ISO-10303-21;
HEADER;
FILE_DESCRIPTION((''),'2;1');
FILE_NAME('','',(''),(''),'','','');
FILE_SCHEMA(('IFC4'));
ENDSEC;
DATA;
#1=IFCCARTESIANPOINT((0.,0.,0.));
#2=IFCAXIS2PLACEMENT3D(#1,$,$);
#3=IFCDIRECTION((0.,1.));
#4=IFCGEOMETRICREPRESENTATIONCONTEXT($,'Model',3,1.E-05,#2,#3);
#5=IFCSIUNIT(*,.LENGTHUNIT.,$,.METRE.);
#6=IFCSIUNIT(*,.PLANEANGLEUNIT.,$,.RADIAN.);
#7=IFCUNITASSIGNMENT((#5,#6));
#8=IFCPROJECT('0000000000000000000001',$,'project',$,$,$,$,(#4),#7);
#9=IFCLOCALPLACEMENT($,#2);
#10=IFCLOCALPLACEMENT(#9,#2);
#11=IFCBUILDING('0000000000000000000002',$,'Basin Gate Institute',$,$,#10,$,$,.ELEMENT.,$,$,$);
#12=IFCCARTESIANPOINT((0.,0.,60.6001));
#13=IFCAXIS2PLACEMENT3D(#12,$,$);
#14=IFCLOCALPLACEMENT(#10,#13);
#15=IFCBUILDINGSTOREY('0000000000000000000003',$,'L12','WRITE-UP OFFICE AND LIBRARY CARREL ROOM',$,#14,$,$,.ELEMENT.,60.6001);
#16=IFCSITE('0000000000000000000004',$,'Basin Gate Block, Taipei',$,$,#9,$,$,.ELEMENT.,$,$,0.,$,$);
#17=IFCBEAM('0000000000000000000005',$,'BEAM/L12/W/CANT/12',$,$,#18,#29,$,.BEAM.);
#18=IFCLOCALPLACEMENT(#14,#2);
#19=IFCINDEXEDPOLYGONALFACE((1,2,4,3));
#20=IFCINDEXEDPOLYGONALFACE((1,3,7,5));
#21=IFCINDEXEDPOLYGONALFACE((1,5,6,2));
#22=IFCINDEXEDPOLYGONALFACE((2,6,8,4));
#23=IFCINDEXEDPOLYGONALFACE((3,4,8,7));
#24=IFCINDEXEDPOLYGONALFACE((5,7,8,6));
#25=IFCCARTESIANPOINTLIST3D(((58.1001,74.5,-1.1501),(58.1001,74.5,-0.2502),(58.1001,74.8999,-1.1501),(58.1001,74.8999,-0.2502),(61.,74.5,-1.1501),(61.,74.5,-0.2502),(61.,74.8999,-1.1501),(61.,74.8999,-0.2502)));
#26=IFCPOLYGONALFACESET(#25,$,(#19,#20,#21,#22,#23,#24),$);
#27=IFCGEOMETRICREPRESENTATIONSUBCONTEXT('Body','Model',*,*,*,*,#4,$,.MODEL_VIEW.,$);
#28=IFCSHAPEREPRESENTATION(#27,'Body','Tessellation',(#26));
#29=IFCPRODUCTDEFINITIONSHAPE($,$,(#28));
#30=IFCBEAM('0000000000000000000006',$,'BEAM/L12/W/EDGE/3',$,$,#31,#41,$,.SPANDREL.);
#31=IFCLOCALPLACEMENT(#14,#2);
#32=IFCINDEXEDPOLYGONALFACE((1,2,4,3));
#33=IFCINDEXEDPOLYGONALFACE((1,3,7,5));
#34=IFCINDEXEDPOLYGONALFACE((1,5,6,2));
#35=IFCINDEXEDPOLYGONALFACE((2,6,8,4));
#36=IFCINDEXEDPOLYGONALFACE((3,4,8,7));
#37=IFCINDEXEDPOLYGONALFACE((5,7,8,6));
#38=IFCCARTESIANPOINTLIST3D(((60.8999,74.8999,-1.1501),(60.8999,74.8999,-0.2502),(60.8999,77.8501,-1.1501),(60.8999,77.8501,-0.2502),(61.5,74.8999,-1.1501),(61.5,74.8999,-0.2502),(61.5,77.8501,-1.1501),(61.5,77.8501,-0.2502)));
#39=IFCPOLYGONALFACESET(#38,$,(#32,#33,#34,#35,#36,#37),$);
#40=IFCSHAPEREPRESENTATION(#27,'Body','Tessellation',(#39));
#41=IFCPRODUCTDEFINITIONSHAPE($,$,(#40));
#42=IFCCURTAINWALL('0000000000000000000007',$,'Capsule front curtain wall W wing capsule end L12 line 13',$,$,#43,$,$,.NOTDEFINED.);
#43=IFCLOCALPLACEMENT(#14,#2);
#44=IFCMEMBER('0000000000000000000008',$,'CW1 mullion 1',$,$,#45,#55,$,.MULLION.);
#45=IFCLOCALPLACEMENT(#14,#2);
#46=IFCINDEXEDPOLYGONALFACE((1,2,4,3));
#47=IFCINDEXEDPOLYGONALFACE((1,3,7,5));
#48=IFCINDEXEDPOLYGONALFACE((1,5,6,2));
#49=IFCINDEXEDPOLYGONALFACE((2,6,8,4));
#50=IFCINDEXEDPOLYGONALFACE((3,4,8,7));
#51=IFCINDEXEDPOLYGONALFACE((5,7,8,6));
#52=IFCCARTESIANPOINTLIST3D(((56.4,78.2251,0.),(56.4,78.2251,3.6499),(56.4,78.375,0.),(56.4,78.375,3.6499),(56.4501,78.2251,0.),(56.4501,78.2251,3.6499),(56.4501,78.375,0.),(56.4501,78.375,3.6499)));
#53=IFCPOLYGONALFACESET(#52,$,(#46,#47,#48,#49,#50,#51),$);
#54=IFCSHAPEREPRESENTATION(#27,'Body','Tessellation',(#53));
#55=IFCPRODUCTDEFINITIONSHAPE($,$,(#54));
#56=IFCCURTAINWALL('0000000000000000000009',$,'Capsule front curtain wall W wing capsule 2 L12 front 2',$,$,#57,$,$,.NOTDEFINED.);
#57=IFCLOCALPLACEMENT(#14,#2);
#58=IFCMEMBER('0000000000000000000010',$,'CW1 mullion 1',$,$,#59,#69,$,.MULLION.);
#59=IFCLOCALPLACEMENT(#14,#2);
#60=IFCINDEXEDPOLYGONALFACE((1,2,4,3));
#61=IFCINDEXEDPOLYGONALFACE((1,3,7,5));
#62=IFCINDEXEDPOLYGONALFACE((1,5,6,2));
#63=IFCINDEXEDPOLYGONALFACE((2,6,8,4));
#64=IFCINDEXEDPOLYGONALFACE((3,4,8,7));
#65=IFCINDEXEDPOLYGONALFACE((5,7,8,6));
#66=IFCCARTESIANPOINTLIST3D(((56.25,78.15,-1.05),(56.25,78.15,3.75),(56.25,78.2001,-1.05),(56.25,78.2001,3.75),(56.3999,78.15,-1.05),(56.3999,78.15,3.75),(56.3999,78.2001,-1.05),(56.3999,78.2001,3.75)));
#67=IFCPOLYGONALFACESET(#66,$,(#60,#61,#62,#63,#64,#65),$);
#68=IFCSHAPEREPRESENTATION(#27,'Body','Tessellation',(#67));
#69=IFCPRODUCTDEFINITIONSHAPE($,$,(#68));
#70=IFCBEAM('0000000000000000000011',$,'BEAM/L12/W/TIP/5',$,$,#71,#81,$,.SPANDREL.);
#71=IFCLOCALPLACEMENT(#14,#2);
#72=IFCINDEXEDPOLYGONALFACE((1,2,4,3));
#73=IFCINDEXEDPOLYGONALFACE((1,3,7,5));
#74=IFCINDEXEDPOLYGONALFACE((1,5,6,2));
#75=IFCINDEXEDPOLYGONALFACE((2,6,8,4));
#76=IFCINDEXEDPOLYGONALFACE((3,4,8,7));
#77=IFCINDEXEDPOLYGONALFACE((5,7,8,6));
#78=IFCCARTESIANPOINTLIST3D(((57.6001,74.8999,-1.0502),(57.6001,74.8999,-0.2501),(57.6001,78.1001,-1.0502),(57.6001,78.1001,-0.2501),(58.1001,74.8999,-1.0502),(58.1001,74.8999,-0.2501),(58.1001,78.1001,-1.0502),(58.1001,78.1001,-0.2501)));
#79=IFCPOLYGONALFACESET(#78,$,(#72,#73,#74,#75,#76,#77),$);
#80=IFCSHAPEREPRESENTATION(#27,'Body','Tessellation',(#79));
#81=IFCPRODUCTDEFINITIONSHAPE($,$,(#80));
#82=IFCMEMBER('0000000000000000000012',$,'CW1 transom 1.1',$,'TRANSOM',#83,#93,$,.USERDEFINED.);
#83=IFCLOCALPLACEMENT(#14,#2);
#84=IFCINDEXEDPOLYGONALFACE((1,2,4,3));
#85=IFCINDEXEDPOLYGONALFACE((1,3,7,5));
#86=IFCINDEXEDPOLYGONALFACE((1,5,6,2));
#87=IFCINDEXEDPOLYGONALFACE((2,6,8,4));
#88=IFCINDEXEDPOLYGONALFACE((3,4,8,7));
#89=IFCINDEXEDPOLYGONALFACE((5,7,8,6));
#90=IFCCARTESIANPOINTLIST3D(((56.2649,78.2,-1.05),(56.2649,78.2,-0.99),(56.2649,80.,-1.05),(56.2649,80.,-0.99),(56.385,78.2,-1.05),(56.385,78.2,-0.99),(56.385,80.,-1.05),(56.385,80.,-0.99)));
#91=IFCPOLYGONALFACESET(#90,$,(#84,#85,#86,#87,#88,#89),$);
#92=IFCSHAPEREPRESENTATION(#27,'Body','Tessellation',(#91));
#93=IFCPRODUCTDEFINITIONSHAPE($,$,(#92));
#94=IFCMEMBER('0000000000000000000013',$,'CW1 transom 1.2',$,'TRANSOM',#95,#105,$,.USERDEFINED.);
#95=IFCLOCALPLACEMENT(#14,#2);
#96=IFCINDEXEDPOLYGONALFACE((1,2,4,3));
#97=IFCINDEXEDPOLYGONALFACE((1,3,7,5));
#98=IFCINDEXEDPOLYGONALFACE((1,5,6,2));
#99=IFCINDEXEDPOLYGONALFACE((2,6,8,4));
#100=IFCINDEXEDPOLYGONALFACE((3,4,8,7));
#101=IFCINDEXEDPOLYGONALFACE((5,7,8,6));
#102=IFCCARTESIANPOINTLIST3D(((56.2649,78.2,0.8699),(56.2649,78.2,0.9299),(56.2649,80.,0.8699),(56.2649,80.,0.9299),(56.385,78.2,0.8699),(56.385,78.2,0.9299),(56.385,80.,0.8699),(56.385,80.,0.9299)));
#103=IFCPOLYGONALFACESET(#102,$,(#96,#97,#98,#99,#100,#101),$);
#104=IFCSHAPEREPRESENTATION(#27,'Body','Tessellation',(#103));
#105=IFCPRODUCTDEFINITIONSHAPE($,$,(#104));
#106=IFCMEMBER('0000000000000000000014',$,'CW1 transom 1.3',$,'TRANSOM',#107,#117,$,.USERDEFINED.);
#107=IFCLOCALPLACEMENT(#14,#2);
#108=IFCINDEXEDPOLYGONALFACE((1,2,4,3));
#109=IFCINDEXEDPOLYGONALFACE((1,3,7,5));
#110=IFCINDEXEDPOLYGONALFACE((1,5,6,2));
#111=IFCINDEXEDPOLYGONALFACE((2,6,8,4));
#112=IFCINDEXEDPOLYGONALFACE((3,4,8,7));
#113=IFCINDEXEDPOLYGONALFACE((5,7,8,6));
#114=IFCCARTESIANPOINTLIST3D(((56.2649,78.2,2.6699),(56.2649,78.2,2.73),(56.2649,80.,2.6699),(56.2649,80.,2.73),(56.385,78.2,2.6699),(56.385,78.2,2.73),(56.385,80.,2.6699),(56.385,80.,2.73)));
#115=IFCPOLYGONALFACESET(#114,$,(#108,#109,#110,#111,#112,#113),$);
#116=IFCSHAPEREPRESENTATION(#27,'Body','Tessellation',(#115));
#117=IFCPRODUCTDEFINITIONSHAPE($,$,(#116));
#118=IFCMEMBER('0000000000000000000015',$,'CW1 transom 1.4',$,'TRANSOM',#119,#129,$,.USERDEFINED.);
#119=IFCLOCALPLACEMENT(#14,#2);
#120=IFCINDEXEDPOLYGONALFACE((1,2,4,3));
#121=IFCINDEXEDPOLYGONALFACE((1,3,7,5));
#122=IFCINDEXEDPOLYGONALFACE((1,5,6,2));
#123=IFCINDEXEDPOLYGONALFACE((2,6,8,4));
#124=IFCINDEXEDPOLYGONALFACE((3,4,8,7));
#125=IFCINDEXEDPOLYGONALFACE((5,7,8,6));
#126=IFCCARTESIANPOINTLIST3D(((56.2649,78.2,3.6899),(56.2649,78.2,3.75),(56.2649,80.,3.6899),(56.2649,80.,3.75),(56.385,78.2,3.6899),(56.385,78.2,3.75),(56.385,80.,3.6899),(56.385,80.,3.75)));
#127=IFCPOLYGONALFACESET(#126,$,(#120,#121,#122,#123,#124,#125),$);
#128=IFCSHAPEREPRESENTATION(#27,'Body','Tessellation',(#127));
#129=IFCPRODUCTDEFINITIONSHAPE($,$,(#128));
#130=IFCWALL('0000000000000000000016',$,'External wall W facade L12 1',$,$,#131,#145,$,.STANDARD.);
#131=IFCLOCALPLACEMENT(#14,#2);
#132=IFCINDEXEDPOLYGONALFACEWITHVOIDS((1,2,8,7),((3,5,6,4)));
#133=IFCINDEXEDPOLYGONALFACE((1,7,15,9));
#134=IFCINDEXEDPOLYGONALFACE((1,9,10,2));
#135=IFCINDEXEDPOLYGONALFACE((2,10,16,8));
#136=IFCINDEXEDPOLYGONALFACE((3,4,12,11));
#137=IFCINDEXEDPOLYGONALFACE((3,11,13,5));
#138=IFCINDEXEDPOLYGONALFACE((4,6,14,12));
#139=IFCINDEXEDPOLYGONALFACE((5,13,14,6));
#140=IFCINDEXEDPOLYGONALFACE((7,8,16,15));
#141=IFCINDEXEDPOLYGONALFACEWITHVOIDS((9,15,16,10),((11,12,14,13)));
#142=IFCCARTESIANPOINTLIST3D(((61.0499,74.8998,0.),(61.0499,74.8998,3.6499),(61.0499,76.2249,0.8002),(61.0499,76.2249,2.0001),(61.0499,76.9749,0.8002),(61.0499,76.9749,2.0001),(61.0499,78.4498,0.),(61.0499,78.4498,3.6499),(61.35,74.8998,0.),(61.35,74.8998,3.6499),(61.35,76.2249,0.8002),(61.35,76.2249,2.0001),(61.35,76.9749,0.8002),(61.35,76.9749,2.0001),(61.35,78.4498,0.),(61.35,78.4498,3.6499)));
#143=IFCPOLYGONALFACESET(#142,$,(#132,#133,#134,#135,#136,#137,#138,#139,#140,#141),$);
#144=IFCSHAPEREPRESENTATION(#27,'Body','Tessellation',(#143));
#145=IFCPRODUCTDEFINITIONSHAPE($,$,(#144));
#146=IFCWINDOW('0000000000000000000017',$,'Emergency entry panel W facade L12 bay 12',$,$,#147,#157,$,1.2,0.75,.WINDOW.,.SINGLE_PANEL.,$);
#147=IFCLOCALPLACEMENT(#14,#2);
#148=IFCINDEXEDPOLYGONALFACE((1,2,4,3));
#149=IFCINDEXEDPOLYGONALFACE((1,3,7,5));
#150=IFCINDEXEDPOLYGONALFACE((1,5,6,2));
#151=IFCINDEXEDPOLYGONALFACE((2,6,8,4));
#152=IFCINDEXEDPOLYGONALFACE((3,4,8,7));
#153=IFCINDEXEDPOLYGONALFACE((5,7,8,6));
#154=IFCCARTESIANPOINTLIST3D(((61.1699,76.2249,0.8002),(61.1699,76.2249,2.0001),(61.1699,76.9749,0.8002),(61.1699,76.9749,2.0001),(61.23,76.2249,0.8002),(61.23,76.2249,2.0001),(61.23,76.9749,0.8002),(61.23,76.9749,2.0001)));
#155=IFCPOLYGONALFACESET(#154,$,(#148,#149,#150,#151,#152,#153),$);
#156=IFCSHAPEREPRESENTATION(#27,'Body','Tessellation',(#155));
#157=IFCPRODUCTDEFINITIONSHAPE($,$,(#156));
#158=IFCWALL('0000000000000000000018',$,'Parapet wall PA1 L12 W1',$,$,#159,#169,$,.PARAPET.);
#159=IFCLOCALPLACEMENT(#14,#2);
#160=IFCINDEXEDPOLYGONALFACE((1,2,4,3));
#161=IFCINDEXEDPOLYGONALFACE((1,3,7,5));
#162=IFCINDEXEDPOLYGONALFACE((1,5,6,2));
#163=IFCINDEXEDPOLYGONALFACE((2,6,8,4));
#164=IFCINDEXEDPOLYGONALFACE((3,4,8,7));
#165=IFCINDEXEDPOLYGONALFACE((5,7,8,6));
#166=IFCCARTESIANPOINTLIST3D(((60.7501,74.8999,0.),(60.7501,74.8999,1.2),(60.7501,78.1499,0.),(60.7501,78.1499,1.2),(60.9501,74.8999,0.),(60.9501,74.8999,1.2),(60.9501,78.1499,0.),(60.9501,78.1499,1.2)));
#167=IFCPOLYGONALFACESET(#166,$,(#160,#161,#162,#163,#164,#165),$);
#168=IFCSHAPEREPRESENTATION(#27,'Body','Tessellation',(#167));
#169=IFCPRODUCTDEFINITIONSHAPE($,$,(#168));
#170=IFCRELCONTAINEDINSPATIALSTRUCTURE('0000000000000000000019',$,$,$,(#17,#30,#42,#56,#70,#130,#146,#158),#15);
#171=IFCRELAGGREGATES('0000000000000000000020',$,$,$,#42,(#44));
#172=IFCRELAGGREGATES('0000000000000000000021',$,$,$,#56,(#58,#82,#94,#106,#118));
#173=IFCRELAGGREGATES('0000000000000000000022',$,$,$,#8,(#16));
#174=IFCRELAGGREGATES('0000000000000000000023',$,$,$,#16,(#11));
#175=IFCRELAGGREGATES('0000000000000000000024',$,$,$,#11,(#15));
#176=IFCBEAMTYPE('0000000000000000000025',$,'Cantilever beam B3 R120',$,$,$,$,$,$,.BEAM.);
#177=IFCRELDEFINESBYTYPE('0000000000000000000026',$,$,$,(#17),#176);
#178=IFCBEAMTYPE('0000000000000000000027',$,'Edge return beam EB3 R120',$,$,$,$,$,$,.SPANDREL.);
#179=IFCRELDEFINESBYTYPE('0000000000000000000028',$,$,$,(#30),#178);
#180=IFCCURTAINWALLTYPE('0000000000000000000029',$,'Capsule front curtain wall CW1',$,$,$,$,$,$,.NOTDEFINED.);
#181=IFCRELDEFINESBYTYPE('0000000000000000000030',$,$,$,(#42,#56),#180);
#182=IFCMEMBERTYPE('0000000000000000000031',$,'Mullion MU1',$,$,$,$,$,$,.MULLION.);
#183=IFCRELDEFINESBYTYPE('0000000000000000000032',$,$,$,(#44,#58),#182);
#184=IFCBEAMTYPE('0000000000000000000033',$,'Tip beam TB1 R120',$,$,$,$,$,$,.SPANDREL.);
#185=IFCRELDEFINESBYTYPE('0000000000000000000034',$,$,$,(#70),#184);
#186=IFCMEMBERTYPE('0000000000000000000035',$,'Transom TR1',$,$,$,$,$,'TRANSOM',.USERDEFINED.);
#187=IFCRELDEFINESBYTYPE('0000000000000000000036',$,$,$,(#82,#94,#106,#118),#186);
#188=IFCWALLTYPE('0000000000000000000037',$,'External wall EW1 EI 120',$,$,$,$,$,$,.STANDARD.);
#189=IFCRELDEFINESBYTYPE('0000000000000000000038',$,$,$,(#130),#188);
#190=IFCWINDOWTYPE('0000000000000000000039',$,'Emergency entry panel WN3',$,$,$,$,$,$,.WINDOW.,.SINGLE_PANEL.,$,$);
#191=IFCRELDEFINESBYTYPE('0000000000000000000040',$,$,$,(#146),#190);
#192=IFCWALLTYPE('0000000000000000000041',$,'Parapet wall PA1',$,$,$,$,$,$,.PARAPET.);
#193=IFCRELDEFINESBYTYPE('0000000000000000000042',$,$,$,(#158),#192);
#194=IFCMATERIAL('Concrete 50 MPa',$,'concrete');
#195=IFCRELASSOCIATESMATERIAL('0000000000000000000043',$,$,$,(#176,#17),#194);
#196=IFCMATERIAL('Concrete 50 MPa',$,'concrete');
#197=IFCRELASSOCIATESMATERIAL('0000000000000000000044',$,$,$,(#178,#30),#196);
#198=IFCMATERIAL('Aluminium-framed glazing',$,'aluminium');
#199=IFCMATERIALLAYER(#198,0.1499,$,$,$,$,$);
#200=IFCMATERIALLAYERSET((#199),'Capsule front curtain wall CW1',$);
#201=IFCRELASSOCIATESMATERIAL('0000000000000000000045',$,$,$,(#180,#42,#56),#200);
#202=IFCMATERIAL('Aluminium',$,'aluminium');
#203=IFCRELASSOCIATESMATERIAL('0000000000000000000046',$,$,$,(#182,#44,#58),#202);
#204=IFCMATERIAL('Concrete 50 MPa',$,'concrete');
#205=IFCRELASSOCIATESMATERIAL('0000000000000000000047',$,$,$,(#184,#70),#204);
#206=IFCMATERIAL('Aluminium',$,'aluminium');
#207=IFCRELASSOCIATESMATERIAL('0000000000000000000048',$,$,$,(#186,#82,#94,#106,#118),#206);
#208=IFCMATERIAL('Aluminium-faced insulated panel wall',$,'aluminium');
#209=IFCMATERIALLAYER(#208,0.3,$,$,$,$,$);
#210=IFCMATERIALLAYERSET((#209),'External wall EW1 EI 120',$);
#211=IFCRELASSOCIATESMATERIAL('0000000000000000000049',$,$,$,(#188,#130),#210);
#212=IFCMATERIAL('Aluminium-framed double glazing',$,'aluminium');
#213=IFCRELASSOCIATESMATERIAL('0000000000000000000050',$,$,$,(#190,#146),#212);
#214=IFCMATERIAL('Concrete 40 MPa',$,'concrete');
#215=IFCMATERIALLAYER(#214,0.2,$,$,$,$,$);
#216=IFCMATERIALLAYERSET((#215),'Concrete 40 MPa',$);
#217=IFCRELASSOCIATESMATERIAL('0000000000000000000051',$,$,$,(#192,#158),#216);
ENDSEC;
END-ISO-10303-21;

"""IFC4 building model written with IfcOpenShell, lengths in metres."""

from ifc_helpers import new_model, si_unit, direction, frame, frame_2d, origin, origin_2d, place, context, subcontext, project, spatial, rectangle, extrude, material, layer, layer_set, material_profile, profile_set, type_object, element, fill, aggregate, save


model = new_model("IFC4")

# Units and contexts
model_context = context("Model", 3, precision=1e-05, world=origin(), true_north=direction((0.0, 1.0)))
body_context = subcontext(model_context, "Body", "Model", "MODEL_VIEW")
ifc_project = project(units=[si_unit("LENGTHUNIT", "METRE"), si_unit("PLANEANGLEUNIT", "RADIAN")], contexts=[model_context])

# Site, building, storey
site_placement = place(None, origin())
site = spatial("IfcSite", under=ifc_project, at=site_placement, Name="Basin Gate Block, Taipei", CompositionType="ELEMENT", RefElevation=0.0)
building_placement = place(site_placement, origin())
building = spatial("IfcBuilding", under=site, at=building_placement, Name="Basin Gate Institute", CompositionType="ELEMENT")
storey_placement = place(building_placement, frame((0.0, 0.0, 60.6001)))
storey = spatial("IfcBuildingStorey", under=building, at=storey_placement, Name="L12", Description="WRITE-UP OFFICE AND LIBRARY CARREL ROOM", CompositionType="ELEMENT", Elevation=60.6001)

# Beams
ifc_material_1 = material(Name="Concrete 50 MPa", Category="concrete")
ifc_material_profile_1 = material_profile(ifc_material_1, rectangle(XDim=0.3999, YDim=0.8999, at=origin_2d()), Name="Cantilever beam B3 400 x 900")
ifc_profile_set_1 = profile_set([ifc_material_profile_1], Name="Concrete 50 MPa")
beam_type_1 = type_object("IfcBeamType", Name="Cantilever beam B3 R120", PredefinedType="BEAM", material=ifc_profile_set_1)
beam_1_placement = place(storey_placement, frame((58.1001, 74.7, -0.7002), z_axis=(1.0, 0.0, 0.0), x_axis=(0.0, 1.0, 0.0)))
element("IfcBeam", 1, at=beam_1_placement, inside=storey, type_object=beam_type_1, material=ifc_profile_set_1, Name="BEAM/L12/W/CANT/12", PredefinedType="BEAM", context=body_context, shape_type="SweptSolid", body=[
    extrude(rectangle(XDim=0.3999, YDim=0.8999, at=origin_2d()), origin(), (0.0, 0.0, 1.0), 2.8999),
])
ifc_material_2 = material(Name="Concrete 50 MPa", Category="concrete")
ifc_material_profile_2 = material_profile(ifc_material_2, rectangle(XDim=0.6001, YDim=0.8999, at=origin_2d()), Name="Edge return beam EB3 600 x 900")
ifc_profile_set_2 = profile_set([ifc_material_profile_2], Name="Concrete 50 MPa")
beam_type_2 = type_object("IfcBeamType", Name="Edge return beam EB3 R120", PredefinedType="SPANDREL", material=ifc_profile_set_2)
beam_2_placement = place(storey_placement, frame((61.2, 74.8999, -0.7002), z_axis=(0.0, 1.0, 0.0), x_axis=(-1.0, 0.0, 0.0)))
element("IfcBeam", 2, at=beam_2_placement, inside=storey, type_object=beam_type_2, material=ifc_profile_set_2, Name="BEAM/L12/W/EDGE/3", PredefinedType="SPANDREL", context=body_context, shape_type="SweptSolid", body=[
    extrude(rectangle(XDim=0.6001, YDim=0.8999, at=origin_2d()), origin(), (0.0, 0.0, 1.0), 2.9502),
])

# Curtain walls, members
ifc_material_3 = material(Name="Aluminium-framed glazing", Category="aluminium")
ifc_layer_1 = layer(ifc_material_3, 0.1499)
ifc_layer_set_1 = layer_set([ifc_layer_1], Name="Capsule front curtain wall CW1")
curtain_wall_type = type_object("IfcCurtainWallType", Name="Capsule front curtain wall CW1", PredefinedType="NOTDEFINED", material=ifc_layer_set_1)
curtain_wall_1_placement = place(storey_placement, origin())
curtain_wall_1 = element("IfcCurtainWall", 3, at=curtain_wall_1_placement, inside=storey, type_object=curtain_wall_type, material=ifc_layer_set_1, Name="Capsule front curtain wall W wing capsule end L12 line 13", PredefinedType="NOTDEFINED")
ifc_material_4 = material(Name="Aluminium", Category="aluminium")
ifc_material_profile_3 = material_profile(ifc_material_4, rectangle(XDim=0.1499, YDim=0.05, at=origin_2d()), Name="Mullion MU1 150 x 50")
ifc_profile_set_3 = profile_set([ifc_material_profile_3], Name="Aluminium")
member_type_1 = type_object("IfcMemberType", Name="Mullion MU1", PredefinedType="MULLION", material=ifc_profile_set_3)
member_1_placement = place(storey_placement, frame((56.425, 78.3, 0.0), z_axis=(0.0, 0.0, 1.0), x_axis=(0.0, 1.0, 0.0)))
member_1 = element("IfcMember", 4, at=member_1_placement, type_object=member_type_1, material=ifc_profile_set_3, Name="CW1 mullion 1", PredefinedType="MULLION", context=body_context, shape_type="SweptSolid", body=[
    extrude(rectangle(XDim=0.1499, YDim=0.05, at=origin_2d()), origin(), (0.0, 0.0, 1.0), 3.6499),
])
aggregate(curtain_wall_1, [member_1])
curtain_wall_2_placement = place(storey_placement, origin())
curtain_wall_2 = element("IfcCurtainWall", 5, at=curtain_wall_2_placement, inside=storey, type_object=curtain_wall_type, material=ifc_layer_set_1, Name="Capsule front curtain wall W wing capsule 2 L12 front 2", PredefinedType="NOTDEFINED")
member_2_placement = place(storey_placement, frame((56.325, 78.175, -1.05), z_axis=(0.0, 0.0, 1.0), x_axis=(-1.0, 0.0, 0.0)))
member_2 = element("IfcMember", 6, at=member_2_placement, type_object=member_type_1, material=ifc_profile_set_3, Name="CW1 mullion 1", PredefinedType="MULLION", context=body_context, shape_type="SweptSolid", body=[
    extrude(rectangle(XDim=0.1499, YDim=0.05, at=origin_2d()), origin(), (0.0, 0.0, 1.0), 4.8),
])

# Beam
ifc_material_5 = material(Name="Concrete 50 MPa", Category="concrete")
ifc_material_profile_4 = material_profile(ifc_material_5, rectangle(XDim=0.5, YDim=0.8, at=origin_2d()), Name="Tip beam TB1 500 x 800")
ifc_profile_set_4 = profile_set([ifc_material_profile_4], Name="Concrete 50 MPa")
beam_type_3 = type_object("IfcBeamType", Name="Tip beam TB1 R120", PredefinedType="SPANDREL", material=ifc_profile_set_4)
beam_3_placement = place(storey_placement, frame((57.8501, 74.8999, -0.6501), z_axis=(0.0, 1.0, 0.0), x_axis=(-1.0, 0.0, 0.0)))
element("IfcBeam", 7, at=beam_3_placement, inside=storey, type_object=beam_type_3, material=ifc_profile_set_4, Name="BEAM/L12/W/TIP/5", PredefinedType="SPANDREL", context=body_context, shape_type="SweptSolid", body=[
    extrude(rectangle(XDim=0.5, YDim=0.8, at=origin_2d()), origin(), (0.0, 0.0, 1.0), 3.2002),
])

# Members
ifc_material_6 = material(Name="Aluminium", Category="aluminium")
ifc_material_profile_5 = material_profile(ifc_material_6, rectangle(XDim=0.1201, YDim=0.0601, at=origin_2d()), Name="Transom TR1 120 x 60")
ifc_profile_set_5 = profile_set([ifc_material_profile_5], Name="Aluminium")
member_type_2 = type_object("IfcMemberType", Name="Transom TR1", ElementType="TRANSOM", PredefinedType="USERDEFINED", material=ifc_profile_set_5)
member_3_placement = place(storey_placement, frame((56.325, 78.2, -1.02), z_axis=(0.0, 1.0, 0.0), x_axis=(-1.0, 0.0, 0.0)))
member_3 = element("IfcMember", 8, at=member_3_placement, type_object=member_type_2, material=ifc_profile_set_5, Name="CW1 transom 1.1", ObjectType="TRANSOM", PredefinedType="USERDEFINED", context=body_context, shape_type="SweptSolid", body=[
    extrude(rectangle(XDim=0.1201, YDim=0.0601, at=origin_2d()), origin(), (0.0, 0.0, 1.0), 1.8),
])
member_4_placement = place(storey_placement, frame((56.325, 78.2, 0.8999), z_axis=(0.0, 1.0, 0.0), x_axis=(-1.0, 0.0, 0.0)))
member_4 = element("IfcMember", 9, at=member_4_placement, type_object=member_type_2, material=ifc_profile_set_5, Name="CW1 transom 1.2", ObjectType="TRANSOM", PredefinedType="USERDEFINED", context=body_context, shape_type="SweptSolid", body=[
    extrude(rectangle(XDim=0.1201, YDim=0.0601, at=origin_2d()), origin(), (0.0, 0.0, 1.0), 1.8),
])
member_5_placement = place(storey_placement, frame((56.325, 78.2, 2.7), z_axis=(0.0, 1.0, 0.0), x_axis=(-1.0, 0.0, 0.0)))
member_5 = element("IfcMember", 10, at=member_5_placement, type_object=member_type_2, material=ifc_profile_set_5, Name="CW1 transom 1.3", ObjectType="TRANSOM", PredefinedType="USERDEFINED", context=body_context, shape_type="SweptSolid", body=[
    extrude(rectangle(XDim=0.1201, YDim=0.0601, at=origin_2d()), origin(), (0.0, 0.0, 1.0), 1.8),
])
member_6_placement = place(storey_placement, frame((56.325, 78.2, 3.72), z_axis=(0.0, 1.0, 0.0), x_axis=(-1.0, 0.0, 0.0)))
member_6 = element("IfcMember", 11, at=member_6_placement, type_object=member_type_2, material=ifc_profile_set_5, Name="CW1 transom 1.4", ObjectType="TRANSOM", PredefinedType="USERDEFINED", context=body_context, shape_type="SweptSolid", body=[
    extrude(rectangle(XDim=0.1201, YDim=0.0601, at=origin_2d()), origin(), (0.0, 0.0, 1.0), 1.8),
])
aggregate(curtain_wall_2, [member_2, member_3, member_4, member_5, member_6])

# Wall, opening, window
ifc_material_7 = material(Name="Aluminium-faced insulated panel wall", Category="aluminium")
ifc_layer_2 = layer(ifc_material_7, 0.3)
ifc_layer_set_2 = layer_set([ifc_layer_2], Name="External wall EW1 EI 120")
wall_type_1 = type_object("IfcWallType", Name="External wall EW1 EI 120", PredefinedType="STANDARD", material=ifc_layer_set_2)
wall_1_placement = place(storey_placement, frame((61.2, 74.8999, 0.0), z_axis=(0.0, 0.0, 1.0), x_axis=(0.0, 1.0, 0.0)))
wall_1 = element("IfcWall", 12, at=wall_1_placement, inside=storey, type_object=wall_type_1, material=ifc_layer_set_2, Name="External wall W facade L12 1", PredefinedType="STANDARD", context=body_context, shape_type="SweptSolid", body=[
    extrude(rectangle(XDim=3.55, YDim=0.3, at=frame_2d((1.7749, 0.0))), origin(), (0.0, 0.0, 1.0), 3.6499),
])
opening_1_placement = place(wall_1_placement, frame((1.325, 0.0, 0.8)))
opening_1 = element("IfcOpeningElement", 13, at=opening_1_placement, cuts=wall_1, PredefinedType="OPENING", context=body_context, shape_type="SweptSolid", body=[
    extrude(rectangle(XDim=0.75, YDim=1.2, at=frame_2d((0.375, 0.6001))), frame((0.0, 0.1602, 0.0), z_axis=(0.0, -1.0, 0.0), x_axis=(1.0, 0.0, 0.0)), (0.0, 0.0, 1.0), 0.3201),
])
ifc_material_8 = material(Name="Aluminium-framed double glazing", Category="aluminium")
window_type = type_object("IfcWindowType", Name="Emergency entry panel WN3", PartitioningType="SINGLE_PANEL", PredefinedType="WINDOW", material=ifc_material_8)
window_placement = place(opening_1_placement, origin())
window = element("IfcWindow", 14, at=window_placement, inside=storey, type_object=window_type, material=ifc_material_8, Name="Emergency entry panel W facade L12 bay 12", OverallHeight=1.2, OverallWidth=0.75, PartitioningType="SINGLE_PANEL", PredefinedType="WINDOW", context=body_context, shape_type="SweptSolid", body=[
    extrude(rectangle(XDim=0.75, YDim=1.2, at=frame_2d((0.375, 0.6001))), frame((0.0, 0.03, 0.0), z_axis=(0.0, -1.0, 0.0), x_axis=(1.0, 0.0, 0.0)), (0.0, 0.0, 1.0), 0.0601),
])
fill(opening_1, window)

# Wall
ifc_material_9 = material(Name="Concrete 40 MPa", Category="concrete")
ifc_layer_3 = layer(ifc_material_9, 0.2)
ifc_layer_set_3 = layer_set([ifc_layer_3], Name="Concrete 40 MPa")
wall_type_2 = type_object("IfcWallType", Name="Parapet wall PA1", PredefinedType="PARAPET", material=ifc_layer_set_3)
wall_2_placement = place(storey_placement, frame((60.8501, 78.1499, 0.0), z_axis=(0.0, 0.0, 1.0), x_axis=(0.0, -1.0, 0.0)))
element("IfcWall", 15, at=wall_2_placement, inside=storey, type_object=wall_type_2, material=ifc_layer_set_3, Name="Parapet wall PA1 L12 W1", PredefinedType="PARAPET", context=body_context, shape_type="SweptSolid", body=[
    extrude(rectangle(XDim=3.25, YDim=0.2, at=frame_2d((1.625, 0.0))), origin(), (0.0, 0.0, 1.0), 1.2),
])

save(model, "model.ifc")
